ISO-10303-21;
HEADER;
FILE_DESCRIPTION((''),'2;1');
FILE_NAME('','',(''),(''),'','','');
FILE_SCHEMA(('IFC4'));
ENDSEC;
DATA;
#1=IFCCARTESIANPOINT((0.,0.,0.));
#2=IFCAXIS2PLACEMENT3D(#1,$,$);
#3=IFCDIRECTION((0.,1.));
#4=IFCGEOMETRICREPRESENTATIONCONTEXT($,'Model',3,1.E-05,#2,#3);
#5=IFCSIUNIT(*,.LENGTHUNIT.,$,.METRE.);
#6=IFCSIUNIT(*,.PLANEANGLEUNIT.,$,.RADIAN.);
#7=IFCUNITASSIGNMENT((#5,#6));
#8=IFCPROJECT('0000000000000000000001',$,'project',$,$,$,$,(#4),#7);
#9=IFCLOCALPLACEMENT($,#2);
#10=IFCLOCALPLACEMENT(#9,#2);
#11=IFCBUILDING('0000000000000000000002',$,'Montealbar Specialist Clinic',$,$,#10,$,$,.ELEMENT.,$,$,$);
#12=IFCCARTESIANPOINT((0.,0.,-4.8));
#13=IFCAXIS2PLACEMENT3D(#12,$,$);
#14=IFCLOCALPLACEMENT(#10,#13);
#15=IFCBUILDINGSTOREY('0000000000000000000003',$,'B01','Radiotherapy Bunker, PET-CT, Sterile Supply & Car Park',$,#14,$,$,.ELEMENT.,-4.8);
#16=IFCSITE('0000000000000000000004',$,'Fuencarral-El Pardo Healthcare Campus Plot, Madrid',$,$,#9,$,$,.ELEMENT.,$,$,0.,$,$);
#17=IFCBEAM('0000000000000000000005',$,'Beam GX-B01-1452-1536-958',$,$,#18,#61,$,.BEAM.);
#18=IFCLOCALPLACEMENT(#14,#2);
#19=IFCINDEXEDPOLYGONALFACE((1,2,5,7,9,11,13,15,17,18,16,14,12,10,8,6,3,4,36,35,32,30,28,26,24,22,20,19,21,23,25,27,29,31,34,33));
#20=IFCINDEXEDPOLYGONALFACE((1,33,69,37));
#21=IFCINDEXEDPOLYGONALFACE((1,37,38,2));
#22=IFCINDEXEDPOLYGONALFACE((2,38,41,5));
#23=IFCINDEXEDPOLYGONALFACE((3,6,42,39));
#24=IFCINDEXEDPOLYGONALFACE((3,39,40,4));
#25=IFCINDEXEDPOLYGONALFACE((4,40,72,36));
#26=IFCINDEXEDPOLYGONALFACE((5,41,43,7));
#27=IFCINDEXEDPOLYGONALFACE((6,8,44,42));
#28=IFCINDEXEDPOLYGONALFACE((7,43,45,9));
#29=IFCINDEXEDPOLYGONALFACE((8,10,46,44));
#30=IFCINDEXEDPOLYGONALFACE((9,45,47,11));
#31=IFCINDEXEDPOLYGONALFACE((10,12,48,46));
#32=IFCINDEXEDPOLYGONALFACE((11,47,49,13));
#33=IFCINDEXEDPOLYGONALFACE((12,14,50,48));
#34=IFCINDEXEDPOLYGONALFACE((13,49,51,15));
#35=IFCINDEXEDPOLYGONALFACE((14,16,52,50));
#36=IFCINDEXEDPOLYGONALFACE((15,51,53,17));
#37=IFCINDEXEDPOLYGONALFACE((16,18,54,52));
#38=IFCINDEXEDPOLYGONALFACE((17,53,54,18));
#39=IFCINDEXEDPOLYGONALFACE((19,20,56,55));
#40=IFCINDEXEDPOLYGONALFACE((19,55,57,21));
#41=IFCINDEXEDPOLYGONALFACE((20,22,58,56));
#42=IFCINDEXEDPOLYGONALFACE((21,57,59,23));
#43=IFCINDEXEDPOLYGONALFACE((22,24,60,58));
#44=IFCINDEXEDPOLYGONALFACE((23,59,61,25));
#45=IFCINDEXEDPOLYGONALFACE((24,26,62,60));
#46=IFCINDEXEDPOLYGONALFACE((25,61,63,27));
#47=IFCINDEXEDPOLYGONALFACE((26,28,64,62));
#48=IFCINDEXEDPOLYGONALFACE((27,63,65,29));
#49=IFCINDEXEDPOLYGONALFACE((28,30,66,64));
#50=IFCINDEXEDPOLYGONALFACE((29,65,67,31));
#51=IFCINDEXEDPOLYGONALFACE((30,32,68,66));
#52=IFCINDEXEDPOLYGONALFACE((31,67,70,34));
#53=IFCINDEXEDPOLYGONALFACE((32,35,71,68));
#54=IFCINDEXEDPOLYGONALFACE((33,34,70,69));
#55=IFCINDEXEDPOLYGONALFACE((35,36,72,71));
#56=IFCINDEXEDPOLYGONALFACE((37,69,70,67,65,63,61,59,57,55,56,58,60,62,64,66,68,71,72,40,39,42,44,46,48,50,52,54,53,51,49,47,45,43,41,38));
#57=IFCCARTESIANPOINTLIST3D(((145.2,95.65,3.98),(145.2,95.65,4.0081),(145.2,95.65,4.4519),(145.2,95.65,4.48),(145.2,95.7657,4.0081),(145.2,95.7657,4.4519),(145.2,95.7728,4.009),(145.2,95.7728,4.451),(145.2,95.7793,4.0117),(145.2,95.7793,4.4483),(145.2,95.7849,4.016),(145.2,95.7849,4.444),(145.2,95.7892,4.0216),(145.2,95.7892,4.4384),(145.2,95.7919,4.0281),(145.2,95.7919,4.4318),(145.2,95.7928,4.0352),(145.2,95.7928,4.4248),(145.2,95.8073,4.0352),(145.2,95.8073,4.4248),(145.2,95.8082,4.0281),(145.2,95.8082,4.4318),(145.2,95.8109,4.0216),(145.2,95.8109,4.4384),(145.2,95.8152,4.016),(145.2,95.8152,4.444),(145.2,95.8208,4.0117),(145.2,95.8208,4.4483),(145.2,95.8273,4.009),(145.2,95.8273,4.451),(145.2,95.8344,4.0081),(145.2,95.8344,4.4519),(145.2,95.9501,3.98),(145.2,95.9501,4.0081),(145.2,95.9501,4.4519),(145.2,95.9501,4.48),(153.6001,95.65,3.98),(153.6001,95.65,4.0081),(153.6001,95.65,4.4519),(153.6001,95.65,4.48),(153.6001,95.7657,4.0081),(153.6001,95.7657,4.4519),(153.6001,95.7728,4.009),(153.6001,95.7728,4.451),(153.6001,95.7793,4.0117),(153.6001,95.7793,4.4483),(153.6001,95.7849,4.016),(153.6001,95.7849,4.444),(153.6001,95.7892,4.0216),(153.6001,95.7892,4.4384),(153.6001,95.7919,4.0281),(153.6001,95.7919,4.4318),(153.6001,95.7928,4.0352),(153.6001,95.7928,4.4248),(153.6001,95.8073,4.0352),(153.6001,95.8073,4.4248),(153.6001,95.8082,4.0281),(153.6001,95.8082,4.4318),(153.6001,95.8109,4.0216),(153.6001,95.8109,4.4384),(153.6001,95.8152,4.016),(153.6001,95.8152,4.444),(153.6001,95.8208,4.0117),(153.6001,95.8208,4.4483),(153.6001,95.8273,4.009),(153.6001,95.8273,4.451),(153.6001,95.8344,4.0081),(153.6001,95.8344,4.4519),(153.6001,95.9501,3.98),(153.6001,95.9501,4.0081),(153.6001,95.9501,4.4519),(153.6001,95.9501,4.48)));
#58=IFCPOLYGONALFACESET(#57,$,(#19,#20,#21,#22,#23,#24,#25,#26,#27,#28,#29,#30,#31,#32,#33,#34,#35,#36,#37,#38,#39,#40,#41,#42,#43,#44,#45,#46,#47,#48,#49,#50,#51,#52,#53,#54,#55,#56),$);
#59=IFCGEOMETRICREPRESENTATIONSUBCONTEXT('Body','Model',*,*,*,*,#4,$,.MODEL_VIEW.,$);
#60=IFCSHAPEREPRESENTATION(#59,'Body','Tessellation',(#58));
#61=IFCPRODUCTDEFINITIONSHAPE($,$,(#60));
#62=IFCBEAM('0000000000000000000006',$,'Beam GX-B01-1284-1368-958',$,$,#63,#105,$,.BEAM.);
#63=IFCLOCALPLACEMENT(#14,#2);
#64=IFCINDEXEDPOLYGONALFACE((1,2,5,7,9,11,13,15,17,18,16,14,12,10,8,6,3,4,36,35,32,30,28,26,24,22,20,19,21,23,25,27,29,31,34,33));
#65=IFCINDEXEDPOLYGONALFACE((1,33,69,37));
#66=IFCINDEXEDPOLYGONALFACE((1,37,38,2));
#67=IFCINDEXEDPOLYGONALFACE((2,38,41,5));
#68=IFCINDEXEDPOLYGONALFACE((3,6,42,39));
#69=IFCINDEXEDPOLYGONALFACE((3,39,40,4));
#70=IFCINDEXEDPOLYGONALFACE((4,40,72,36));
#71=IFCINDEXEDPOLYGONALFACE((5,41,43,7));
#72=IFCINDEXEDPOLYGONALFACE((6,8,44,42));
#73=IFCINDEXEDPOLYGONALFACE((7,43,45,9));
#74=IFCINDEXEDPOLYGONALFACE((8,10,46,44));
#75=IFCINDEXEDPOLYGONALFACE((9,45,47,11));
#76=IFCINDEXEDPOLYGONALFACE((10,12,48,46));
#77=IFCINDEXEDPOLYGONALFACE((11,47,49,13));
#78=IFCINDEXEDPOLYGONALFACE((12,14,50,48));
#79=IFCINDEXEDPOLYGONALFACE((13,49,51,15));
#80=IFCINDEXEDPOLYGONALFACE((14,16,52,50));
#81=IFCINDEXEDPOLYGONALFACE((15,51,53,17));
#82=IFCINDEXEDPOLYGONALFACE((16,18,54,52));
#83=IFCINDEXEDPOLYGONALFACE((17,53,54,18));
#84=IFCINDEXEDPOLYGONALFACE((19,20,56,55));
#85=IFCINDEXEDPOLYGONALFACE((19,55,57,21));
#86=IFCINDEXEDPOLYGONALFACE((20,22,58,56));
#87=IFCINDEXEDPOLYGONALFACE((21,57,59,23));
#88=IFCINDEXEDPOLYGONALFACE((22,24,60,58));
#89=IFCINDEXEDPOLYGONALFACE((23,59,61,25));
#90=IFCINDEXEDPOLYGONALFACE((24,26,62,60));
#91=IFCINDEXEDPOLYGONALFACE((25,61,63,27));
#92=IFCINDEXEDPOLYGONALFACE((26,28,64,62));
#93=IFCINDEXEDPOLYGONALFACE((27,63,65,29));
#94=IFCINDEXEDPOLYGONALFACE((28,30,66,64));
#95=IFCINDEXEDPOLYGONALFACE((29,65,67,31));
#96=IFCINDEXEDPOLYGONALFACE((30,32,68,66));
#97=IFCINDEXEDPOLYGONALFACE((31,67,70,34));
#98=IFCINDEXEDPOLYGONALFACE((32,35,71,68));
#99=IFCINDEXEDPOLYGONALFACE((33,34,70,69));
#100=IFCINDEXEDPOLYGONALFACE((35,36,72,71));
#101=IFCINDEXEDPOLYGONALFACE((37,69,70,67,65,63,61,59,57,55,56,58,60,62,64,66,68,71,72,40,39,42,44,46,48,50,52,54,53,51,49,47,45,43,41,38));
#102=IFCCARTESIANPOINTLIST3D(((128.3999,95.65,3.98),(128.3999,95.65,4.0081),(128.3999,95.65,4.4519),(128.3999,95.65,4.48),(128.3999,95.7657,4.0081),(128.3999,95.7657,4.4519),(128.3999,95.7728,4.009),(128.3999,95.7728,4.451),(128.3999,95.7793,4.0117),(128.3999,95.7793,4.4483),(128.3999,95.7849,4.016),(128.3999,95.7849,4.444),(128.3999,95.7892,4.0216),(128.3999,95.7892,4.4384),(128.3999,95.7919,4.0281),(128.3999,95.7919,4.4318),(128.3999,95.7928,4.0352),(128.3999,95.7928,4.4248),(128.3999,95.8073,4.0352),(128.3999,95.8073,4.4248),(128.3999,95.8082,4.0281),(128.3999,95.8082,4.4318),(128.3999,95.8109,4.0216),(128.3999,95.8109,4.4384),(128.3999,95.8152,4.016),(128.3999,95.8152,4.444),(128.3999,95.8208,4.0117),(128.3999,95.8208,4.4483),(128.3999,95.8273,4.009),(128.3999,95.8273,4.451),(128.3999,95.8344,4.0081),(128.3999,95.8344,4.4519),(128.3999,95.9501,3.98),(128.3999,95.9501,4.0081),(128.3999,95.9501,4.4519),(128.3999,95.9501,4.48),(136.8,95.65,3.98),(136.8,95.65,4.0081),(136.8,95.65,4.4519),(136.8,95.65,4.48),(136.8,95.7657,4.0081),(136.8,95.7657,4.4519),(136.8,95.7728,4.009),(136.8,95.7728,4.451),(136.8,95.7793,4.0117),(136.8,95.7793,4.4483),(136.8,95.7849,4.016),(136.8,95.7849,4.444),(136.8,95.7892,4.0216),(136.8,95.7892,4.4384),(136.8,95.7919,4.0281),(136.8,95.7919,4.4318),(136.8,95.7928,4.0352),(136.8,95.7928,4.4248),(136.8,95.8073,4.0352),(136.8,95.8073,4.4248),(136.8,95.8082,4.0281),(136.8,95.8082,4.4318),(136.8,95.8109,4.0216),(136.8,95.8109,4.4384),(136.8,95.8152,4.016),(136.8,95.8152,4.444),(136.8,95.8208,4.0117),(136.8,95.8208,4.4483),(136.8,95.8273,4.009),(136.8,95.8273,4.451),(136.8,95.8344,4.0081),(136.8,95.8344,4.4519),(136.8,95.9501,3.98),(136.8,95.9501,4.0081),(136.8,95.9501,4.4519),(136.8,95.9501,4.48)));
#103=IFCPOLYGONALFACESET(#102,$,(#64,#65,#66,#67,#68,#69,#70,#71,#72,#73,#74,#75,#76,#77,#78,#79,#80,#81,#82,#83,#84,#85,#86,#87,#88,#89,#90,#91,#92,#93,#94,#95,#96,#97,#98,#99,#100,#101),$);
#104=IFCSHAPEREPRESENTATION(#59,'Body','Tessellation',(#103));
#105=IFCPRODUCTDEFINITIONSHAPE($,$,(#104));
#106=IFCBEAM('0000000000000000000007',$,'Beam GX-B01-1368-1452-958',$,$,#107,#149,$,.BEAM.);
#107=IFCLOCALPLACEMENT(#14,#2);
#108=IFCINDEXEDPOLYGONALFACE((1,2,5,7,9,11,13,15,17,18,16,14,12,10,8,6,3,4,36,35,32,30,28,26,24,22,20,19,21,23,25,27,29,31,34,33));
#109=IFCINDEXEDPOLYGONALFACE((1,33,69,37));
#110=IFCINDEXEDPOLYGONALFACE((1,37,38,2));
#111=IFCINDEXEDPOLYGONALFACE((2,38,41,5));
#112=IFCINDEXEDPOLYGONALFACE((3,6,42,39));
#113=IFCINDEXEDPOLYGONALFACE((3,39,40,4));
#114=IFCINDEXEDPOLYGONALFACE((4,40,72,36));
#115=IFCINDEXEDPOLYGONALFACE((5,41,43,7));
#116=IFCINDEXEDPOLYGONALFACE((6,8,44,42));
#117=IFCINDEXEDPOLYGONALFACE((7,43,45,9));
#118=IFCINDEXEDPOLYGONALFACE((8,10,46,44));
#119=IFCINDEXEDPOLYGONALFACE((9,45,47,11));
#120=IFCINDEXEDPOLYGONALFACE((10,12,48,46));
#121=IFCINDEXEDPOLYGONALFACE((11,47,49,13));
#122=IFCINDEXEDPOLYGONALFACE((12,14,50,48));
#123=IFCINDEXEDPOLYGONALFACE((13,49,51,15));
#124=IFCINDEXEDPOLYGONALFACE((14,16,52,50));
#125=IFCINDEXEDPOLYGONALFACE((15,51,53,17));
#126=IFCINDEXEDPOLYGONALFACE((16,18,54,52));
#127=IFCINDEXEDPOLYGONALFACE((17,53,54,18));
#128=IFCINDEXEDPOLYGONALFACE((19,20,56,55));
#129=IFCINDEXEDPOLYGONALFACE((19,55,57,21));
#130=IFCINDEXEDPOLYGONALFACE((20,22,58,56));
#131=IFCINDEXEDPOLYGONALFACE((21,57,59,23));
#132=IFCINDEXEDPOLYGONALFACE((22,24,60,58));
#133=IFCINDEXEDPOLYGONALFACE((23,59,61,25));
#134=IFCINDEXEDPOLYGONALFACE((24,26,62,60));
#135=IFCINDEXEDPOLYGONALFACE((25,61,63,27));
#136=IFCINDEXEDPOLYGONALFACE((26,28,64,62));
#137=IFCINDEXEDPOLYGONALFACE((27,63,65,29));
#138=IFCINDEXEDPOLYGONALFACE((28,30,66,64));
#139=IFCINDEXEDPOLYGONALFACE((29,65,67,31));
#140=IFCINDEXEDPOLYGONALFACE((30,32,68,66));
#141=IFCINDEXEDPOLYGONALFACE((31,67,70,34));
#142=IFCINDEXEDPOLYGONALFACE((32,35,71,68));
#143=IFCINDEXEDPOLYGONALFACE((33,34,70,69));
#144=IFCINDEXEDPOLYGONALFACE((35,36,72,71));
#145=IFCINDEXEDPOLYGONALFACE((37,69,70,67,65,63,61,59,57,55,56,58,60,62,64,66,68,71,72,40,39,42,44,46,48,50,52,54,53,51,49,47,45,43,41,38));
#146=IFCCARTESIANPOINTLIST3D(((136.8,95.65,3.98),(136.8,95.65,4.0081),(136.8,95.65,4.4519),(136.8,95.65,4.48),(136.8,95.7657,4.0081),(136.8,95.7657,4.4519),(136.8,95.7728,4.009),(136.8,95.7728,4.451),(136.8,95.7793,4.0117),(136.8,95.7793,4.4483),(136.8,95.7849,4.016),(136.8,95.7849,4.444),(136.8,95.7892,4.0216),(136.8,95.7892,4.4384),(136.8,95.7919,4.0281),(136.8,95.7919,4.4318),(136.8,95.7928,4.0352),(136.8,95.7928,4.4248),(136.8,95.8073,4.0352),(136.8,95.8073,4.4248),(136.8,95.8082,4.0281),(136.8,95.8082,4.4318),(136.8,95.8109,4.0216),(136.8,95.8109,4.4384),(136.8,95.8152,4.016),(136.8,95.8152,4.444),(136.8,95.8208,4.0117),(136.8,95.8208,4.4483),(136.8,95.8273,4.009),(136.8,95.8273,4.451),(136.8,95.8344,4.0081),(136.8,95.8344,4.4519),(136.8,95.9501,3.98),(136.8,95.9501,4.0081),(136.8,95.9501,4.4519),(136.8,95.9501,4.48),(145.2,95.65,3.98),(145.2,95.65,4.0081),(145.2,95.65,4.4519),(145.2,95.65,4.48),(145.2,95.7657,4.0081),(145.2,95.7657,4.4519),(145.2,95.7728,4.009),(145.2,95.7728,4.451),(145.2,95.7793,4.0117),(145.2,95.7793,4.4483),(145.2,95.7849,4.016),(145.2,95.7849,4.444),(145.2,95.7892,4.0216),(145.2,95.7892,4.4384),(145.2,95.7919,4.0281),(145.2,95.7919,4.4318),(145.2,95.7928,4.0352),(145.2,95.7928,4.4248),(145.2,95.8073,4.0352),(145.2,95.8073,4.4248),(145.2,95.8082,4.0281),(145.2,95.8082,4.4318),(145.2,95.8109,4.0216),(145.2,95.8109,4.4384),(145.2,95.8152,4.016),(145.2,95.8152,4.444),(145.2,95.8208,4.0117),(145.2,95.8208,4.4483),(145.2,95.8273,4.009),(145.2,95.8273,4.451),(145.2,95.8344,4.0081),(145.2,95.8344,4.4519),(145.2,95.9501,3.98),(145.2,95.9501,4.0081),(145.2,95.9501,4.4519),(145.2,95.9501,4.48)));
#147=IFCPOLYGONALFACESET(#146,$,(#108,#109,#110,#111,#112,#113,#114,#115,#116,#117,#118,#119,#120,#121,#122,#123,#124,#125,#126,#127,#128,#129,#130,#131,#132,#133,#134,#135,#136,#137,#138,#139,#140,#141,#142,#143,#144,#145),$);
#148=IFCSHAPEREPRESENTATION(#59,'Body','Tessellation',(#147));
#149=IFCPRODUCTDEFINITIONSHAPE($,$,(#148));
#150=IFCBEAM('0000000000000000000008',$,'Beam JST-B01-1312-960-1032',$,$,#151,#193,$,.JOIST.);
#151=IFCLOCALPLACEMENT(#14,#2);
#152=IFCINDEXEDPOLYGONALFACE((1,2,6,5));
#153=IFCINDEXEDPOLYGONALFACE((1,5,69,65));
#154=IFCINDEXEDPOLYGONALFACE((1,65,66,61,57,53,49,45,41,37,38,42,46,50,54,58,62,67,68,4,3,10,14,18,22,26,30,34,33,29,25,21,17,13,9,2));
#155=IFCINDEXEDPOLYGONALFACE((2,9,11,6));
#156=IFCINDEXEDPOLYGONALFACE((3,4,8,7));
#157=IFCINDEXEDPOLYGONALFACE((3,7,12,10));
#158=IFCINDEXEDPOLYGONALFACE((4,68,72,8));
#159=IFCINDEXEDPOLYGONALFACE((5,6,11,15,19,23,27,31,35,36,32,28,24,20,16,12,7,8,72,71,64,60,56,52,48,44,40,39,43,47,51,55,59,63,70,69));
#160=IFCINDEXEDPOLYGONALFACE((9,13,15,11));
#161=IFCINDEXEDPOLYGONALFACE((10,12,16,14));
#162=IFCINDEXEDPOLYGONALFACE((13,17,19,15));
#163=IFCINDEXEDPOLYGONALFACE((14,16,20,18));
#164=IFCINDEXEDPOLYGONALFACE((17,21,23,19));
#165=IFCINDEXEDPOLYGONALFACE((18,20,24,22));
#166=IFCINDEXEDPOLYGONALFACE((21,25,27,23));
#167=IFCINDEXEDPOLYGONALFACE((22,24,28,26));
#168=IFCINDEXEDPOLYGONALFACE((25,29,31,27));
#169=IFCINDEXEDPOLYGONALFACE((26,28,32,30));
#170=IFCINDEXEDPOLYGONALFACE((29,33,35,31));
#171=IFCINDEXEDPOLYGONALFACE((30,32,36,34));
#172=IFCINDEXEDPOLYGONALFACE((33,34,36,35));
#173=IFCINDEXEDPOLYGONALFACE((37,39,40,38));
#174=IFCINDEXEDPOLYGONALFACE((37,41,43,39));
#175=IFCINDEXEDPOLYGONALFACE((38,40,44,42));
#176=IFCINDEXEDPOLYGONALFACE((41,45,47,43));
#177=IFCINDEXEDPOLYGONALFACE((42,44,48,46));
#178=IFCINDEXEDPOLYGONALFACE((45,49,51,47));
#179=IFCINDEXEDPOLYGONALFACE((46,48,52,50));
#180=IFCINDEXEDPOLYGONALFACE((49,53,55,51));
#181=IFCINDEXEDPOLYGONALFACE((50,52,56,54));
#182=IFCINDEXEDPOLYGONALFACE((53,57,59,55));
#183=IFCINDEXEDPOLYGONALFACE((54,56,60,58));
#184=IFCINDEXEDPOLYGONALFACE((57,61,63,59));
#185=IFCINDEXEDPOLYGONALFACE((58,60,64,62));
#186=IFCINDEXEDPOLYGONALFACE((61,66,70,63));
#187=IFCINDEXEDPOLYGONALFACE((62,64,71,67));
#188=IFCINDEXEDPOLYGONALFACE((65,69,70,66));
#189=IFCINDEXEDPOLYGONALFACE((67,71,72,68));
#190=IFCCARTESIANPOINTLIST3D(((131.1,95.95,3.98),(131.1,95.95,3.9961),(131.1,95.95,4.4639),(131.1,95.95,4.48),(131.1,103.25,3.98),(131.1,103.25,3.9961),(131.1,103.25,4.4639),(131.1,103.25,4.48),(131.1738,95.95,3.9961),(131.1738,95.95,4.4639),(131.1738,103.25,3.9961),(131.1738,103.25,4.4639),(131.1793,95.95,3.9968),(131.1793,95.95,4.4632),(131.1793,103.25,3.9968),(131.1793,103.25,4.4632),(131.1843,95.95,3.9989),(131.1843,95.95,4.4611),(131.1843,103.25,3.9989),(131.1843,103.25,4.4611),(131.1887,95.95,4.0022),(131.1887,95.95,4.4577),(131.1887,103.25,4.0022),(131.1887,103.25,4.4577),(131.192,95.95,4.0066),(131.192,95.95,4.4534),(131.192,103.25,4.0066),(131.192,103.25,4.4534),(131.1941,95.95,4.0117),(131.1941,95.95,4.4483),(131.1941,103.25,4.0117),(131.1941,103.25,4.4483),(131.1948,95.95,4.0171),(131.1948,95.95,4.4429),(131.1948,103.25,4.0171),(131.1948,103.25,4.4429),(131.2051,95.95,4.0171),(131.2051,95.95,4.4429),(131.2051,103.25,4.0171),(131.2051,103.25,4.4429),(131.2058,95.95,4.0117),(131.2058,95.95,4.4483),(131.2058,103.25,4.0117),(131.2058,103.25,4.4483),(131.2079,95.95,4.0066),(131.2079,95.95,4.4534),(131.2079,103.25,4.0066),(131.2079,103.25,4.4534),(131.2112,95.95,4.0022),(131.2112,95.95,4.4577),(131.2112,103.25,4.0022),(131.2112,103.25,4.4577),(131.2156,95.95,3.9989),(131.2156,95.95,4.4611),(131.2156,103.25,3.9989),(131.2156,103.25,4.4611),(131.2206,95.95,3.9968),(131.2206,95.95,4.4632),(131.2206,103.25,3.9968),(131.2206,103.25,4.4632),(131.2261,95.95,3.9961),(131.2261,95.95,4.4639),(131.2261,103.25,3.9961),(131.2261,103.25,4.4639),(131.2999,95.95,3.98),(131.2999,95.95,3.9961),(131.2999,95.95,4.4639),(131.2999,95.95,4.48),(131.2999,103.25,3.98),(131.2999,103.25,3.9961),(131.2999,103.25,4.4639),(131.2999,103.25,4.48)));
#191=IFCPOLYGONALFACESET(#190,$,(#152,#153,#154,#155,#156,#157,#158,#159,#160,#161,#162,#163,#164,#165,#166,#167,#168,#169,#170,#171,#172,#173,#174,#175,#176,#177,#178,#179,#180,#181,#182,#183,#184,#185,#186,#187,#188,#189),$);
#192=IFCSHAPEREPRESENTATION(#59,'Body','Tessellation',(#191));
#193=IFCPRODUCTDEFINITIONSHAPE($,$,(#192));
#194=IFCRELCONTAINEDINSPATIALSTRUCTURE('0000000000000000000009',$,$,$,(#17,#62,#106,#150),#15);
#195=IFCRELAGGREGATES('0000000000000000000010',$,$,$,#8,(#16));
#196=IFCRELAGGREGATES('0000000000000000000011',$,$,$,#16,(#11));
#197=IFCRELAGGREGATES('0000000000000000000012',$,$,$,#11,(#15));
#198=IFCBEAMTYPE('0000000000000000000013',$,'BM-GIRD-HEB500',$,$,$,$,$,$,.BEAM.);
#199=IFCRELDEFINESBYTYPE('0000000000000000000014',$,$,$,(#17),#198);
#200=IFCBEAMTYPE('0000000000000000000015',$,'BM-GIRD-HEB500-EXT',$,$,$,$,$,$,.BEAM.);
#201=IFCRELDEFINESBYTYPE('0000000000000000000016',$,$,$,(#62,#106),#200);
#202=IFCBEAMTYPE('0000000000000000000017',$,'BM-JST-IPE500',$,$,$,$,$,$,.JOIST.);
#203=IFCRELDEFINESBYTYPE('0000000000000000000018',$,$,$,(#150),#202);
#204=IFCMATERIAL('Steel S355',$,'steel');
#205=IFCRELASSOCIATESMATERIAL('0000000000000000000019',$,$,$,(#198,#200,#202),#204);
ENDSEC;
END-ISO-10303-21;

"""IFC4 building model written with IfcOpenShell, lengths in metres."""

from ifc_helpers import new_model, si_unit, direction, frame, origin, origin_2d, place, context, subcontext, project, spatial, i_section, extrude, material, material_profile, profile_set, type_object, element, save


model = new_model("IFC4")

# Units and contexts
model_context = context("Model", 3, precision=1e-05, world=origin(), true_north=direction((0.0, 1.0)))
body_context = subcontext(model_context, "Body", "Model", "MODEL_VIEW")
ifc_project = project(units=[si_unit("LENGTHUNIT", "METRE"), si_unit("PLANEANGLEUNIT", "RADIAN")], contexts=[model_context])

# Site, building, storey
site_placement = place(None, origin())
site = spatial("IfcSite", under=ifc_project, at=site_placement, Name="Fuencarral-El Pardo Healthcare Campus Plot, Madrid", CompositionType="ELEMENT", RefElevation=0.0)
building_placement = place(site_placement, origin())
building = spatial("IfcBuilding", under=site, at=building_placement, Name="Montealbar Specialist Clinic", CompositionType="ELEMENT")
storey_placement = place(building_placement, frame((0.0, 0.0, -4.8)))
storey = spatial("IfcBuildingStorey", under=building, at=storey_placement, Name="B01", Description="Radiotherapy Bunker, PET-CT, Sterile Supply & Car Park", CompositionType="ELEMENT", Elevation=-4.8)

# Shared definitions
ifc_material_1 = material(Name="Steel S355", Category="steel")

# Beams
ifc_material_profile_1 = material_profile(ifc_material_1, i_section(OverallWidth=0.3, OverallDepth=0.5, WebThickness=0.0144, FlangeThickness=0.0281, FilletRadius=0.0271, at=origin_2d()), Name="HEB 500", Category="steel")
ifc_profile_set_1 = profile_set([ifc_material_profile_1], Name="Steel S355")
beam_type_1 = type_object("IfcBeamType", Name="BM-GIRD-HEB500", PredefinedType="BEAM", material=ifc_profile_set_1)
for number, where, z_axis, x_axis, name in (
    (1, (145.2, 95.8, 4.23), (1.0, 0.0, 0.0), (0.0, 1.0, 0.0), "Beam GX-B01-1452-1536-958"),
):
    element("IfcBeam", number, at=place(storey_placement, frame(where, z_axis=z_axis, x_axis=x_axis)), inside=storey, type_object=beam_type_1, Name=name, PredefinedType="BEAM", context=body_context, shape_type="SweptSolid", body=[
        extrude(i_section(OverallWidth=0.3, OverallDepth=0.5, WebThickness=0.0144, FlangeThickness=0.0281, FilletRadius=0.0271, at=origin_2d()), origin(), (0.0, 0.0, 1.0), 8.4001),
    ])
ifc_material_profile_2 = material_profile(ifc_material_1, i_section(OverallWidth=0.3, OverallDepth=0.5, WebThickness=0.0144, FlangeThickness=0.0281, FilletRadius=0.0271, at=origin_2d()), Name="HEB 500", Category="steel")
ifc_profile_set_2 = profile_set([ifc_material_profile_2], Name="Steel S355")
beam_type_2 = type_object("IfcBeamType", Name="BM-GIRD-HEB500-EXT", PredefinedType="BEAM", material=ifc_profile_set_2)
beam_1_placement = place(storey_placement, frame((128.3999, 95.8, 4.23), z_axis=(1.0, 0.0, 0.0), x_axis=(0.0, 1.0, 0.0)))
element("IfcBeam", 2, at=beam_1_placement, inside=storey, type_object=beam_type_2, Name="Beam GX-B01-1284-1368-958", PredefinedType="BEAM", context=body_context, shape_type="SweptSolid", body=[
    extrude(i_section(OverallWidth=0.3, OverallDepth=0.5, WebThickness=0.0144, FlangeThickness=0.0281, FilletRadius=0.0271, at=origin_2d()), origin(), (0.0, 0.0, 1.0), 8.4001),
])
beam_2_placement = place(storey_placement, frame((136.8, 95.8, 4.23), z_axis=(1.0, 0.0, 0.0), x_axis=(0.0, 1.0, 0.0)))
element("IfcBeam", 3, at=beam_2_placement, inside=storey, type_object=beam_type_2, Name="Beam GX-B01-1368-1452-958", PredefinedType="BEAM", context=body_context, shape_type="SweptSolid", body=[
    extrude(i_section(OverallWidth=0.3, OverallDepth=0.5, WebThickness=0.0144, FlangeThickness=0.0281, FilletRadius=0.0271, at=origin_2d()), origin(), (0.0, 0.0, 1.0), 8.3999),
])
ifc_material_profile_3 = material_profile(ifc_material_1, i_section(OverallWidth=0.2, OverallDepth=0.5, WebThickness=0.0103, FlangeThickness=0.0161, FilletRadius=0.021, at=origin_2d()), Name="IPE 500", Category="steel")
ifc_profile_set_3 = profile_set([ifc_material_profile_3], Name="Steel S355")
beam_type_3 = type_object("IfcBeamType", Name="BM-JST-IPE500", PredefinedType="JOIST", material=ifc_profile_set_3)
beam_3_placement = place(storey_placement, frame((131.2, 95.95, 4.23), z_axis=(0.0, 1.0, 0.0), x_axis=(-1.0, 0.0, 0.0)))
element("IfcBeam", 4, at=beam_3_placement, inside=storey, type_object=beam_type_3, Name="Beam JST-B01-1312-960-1032", PredefinedType="JOIST", context=body_context, shape_type="SweptSolid", body=[
    extrude(i_section(OverallWidth=0.2, OverallDepth=0.5, WebThickness=0.0103, FlangeThickness=0.0161, FilletRadius=0.021, at=origin_2d()), origin(), (0.0, 0.0, 1.0), 7.3),
])

save(model, "model.ifc")
